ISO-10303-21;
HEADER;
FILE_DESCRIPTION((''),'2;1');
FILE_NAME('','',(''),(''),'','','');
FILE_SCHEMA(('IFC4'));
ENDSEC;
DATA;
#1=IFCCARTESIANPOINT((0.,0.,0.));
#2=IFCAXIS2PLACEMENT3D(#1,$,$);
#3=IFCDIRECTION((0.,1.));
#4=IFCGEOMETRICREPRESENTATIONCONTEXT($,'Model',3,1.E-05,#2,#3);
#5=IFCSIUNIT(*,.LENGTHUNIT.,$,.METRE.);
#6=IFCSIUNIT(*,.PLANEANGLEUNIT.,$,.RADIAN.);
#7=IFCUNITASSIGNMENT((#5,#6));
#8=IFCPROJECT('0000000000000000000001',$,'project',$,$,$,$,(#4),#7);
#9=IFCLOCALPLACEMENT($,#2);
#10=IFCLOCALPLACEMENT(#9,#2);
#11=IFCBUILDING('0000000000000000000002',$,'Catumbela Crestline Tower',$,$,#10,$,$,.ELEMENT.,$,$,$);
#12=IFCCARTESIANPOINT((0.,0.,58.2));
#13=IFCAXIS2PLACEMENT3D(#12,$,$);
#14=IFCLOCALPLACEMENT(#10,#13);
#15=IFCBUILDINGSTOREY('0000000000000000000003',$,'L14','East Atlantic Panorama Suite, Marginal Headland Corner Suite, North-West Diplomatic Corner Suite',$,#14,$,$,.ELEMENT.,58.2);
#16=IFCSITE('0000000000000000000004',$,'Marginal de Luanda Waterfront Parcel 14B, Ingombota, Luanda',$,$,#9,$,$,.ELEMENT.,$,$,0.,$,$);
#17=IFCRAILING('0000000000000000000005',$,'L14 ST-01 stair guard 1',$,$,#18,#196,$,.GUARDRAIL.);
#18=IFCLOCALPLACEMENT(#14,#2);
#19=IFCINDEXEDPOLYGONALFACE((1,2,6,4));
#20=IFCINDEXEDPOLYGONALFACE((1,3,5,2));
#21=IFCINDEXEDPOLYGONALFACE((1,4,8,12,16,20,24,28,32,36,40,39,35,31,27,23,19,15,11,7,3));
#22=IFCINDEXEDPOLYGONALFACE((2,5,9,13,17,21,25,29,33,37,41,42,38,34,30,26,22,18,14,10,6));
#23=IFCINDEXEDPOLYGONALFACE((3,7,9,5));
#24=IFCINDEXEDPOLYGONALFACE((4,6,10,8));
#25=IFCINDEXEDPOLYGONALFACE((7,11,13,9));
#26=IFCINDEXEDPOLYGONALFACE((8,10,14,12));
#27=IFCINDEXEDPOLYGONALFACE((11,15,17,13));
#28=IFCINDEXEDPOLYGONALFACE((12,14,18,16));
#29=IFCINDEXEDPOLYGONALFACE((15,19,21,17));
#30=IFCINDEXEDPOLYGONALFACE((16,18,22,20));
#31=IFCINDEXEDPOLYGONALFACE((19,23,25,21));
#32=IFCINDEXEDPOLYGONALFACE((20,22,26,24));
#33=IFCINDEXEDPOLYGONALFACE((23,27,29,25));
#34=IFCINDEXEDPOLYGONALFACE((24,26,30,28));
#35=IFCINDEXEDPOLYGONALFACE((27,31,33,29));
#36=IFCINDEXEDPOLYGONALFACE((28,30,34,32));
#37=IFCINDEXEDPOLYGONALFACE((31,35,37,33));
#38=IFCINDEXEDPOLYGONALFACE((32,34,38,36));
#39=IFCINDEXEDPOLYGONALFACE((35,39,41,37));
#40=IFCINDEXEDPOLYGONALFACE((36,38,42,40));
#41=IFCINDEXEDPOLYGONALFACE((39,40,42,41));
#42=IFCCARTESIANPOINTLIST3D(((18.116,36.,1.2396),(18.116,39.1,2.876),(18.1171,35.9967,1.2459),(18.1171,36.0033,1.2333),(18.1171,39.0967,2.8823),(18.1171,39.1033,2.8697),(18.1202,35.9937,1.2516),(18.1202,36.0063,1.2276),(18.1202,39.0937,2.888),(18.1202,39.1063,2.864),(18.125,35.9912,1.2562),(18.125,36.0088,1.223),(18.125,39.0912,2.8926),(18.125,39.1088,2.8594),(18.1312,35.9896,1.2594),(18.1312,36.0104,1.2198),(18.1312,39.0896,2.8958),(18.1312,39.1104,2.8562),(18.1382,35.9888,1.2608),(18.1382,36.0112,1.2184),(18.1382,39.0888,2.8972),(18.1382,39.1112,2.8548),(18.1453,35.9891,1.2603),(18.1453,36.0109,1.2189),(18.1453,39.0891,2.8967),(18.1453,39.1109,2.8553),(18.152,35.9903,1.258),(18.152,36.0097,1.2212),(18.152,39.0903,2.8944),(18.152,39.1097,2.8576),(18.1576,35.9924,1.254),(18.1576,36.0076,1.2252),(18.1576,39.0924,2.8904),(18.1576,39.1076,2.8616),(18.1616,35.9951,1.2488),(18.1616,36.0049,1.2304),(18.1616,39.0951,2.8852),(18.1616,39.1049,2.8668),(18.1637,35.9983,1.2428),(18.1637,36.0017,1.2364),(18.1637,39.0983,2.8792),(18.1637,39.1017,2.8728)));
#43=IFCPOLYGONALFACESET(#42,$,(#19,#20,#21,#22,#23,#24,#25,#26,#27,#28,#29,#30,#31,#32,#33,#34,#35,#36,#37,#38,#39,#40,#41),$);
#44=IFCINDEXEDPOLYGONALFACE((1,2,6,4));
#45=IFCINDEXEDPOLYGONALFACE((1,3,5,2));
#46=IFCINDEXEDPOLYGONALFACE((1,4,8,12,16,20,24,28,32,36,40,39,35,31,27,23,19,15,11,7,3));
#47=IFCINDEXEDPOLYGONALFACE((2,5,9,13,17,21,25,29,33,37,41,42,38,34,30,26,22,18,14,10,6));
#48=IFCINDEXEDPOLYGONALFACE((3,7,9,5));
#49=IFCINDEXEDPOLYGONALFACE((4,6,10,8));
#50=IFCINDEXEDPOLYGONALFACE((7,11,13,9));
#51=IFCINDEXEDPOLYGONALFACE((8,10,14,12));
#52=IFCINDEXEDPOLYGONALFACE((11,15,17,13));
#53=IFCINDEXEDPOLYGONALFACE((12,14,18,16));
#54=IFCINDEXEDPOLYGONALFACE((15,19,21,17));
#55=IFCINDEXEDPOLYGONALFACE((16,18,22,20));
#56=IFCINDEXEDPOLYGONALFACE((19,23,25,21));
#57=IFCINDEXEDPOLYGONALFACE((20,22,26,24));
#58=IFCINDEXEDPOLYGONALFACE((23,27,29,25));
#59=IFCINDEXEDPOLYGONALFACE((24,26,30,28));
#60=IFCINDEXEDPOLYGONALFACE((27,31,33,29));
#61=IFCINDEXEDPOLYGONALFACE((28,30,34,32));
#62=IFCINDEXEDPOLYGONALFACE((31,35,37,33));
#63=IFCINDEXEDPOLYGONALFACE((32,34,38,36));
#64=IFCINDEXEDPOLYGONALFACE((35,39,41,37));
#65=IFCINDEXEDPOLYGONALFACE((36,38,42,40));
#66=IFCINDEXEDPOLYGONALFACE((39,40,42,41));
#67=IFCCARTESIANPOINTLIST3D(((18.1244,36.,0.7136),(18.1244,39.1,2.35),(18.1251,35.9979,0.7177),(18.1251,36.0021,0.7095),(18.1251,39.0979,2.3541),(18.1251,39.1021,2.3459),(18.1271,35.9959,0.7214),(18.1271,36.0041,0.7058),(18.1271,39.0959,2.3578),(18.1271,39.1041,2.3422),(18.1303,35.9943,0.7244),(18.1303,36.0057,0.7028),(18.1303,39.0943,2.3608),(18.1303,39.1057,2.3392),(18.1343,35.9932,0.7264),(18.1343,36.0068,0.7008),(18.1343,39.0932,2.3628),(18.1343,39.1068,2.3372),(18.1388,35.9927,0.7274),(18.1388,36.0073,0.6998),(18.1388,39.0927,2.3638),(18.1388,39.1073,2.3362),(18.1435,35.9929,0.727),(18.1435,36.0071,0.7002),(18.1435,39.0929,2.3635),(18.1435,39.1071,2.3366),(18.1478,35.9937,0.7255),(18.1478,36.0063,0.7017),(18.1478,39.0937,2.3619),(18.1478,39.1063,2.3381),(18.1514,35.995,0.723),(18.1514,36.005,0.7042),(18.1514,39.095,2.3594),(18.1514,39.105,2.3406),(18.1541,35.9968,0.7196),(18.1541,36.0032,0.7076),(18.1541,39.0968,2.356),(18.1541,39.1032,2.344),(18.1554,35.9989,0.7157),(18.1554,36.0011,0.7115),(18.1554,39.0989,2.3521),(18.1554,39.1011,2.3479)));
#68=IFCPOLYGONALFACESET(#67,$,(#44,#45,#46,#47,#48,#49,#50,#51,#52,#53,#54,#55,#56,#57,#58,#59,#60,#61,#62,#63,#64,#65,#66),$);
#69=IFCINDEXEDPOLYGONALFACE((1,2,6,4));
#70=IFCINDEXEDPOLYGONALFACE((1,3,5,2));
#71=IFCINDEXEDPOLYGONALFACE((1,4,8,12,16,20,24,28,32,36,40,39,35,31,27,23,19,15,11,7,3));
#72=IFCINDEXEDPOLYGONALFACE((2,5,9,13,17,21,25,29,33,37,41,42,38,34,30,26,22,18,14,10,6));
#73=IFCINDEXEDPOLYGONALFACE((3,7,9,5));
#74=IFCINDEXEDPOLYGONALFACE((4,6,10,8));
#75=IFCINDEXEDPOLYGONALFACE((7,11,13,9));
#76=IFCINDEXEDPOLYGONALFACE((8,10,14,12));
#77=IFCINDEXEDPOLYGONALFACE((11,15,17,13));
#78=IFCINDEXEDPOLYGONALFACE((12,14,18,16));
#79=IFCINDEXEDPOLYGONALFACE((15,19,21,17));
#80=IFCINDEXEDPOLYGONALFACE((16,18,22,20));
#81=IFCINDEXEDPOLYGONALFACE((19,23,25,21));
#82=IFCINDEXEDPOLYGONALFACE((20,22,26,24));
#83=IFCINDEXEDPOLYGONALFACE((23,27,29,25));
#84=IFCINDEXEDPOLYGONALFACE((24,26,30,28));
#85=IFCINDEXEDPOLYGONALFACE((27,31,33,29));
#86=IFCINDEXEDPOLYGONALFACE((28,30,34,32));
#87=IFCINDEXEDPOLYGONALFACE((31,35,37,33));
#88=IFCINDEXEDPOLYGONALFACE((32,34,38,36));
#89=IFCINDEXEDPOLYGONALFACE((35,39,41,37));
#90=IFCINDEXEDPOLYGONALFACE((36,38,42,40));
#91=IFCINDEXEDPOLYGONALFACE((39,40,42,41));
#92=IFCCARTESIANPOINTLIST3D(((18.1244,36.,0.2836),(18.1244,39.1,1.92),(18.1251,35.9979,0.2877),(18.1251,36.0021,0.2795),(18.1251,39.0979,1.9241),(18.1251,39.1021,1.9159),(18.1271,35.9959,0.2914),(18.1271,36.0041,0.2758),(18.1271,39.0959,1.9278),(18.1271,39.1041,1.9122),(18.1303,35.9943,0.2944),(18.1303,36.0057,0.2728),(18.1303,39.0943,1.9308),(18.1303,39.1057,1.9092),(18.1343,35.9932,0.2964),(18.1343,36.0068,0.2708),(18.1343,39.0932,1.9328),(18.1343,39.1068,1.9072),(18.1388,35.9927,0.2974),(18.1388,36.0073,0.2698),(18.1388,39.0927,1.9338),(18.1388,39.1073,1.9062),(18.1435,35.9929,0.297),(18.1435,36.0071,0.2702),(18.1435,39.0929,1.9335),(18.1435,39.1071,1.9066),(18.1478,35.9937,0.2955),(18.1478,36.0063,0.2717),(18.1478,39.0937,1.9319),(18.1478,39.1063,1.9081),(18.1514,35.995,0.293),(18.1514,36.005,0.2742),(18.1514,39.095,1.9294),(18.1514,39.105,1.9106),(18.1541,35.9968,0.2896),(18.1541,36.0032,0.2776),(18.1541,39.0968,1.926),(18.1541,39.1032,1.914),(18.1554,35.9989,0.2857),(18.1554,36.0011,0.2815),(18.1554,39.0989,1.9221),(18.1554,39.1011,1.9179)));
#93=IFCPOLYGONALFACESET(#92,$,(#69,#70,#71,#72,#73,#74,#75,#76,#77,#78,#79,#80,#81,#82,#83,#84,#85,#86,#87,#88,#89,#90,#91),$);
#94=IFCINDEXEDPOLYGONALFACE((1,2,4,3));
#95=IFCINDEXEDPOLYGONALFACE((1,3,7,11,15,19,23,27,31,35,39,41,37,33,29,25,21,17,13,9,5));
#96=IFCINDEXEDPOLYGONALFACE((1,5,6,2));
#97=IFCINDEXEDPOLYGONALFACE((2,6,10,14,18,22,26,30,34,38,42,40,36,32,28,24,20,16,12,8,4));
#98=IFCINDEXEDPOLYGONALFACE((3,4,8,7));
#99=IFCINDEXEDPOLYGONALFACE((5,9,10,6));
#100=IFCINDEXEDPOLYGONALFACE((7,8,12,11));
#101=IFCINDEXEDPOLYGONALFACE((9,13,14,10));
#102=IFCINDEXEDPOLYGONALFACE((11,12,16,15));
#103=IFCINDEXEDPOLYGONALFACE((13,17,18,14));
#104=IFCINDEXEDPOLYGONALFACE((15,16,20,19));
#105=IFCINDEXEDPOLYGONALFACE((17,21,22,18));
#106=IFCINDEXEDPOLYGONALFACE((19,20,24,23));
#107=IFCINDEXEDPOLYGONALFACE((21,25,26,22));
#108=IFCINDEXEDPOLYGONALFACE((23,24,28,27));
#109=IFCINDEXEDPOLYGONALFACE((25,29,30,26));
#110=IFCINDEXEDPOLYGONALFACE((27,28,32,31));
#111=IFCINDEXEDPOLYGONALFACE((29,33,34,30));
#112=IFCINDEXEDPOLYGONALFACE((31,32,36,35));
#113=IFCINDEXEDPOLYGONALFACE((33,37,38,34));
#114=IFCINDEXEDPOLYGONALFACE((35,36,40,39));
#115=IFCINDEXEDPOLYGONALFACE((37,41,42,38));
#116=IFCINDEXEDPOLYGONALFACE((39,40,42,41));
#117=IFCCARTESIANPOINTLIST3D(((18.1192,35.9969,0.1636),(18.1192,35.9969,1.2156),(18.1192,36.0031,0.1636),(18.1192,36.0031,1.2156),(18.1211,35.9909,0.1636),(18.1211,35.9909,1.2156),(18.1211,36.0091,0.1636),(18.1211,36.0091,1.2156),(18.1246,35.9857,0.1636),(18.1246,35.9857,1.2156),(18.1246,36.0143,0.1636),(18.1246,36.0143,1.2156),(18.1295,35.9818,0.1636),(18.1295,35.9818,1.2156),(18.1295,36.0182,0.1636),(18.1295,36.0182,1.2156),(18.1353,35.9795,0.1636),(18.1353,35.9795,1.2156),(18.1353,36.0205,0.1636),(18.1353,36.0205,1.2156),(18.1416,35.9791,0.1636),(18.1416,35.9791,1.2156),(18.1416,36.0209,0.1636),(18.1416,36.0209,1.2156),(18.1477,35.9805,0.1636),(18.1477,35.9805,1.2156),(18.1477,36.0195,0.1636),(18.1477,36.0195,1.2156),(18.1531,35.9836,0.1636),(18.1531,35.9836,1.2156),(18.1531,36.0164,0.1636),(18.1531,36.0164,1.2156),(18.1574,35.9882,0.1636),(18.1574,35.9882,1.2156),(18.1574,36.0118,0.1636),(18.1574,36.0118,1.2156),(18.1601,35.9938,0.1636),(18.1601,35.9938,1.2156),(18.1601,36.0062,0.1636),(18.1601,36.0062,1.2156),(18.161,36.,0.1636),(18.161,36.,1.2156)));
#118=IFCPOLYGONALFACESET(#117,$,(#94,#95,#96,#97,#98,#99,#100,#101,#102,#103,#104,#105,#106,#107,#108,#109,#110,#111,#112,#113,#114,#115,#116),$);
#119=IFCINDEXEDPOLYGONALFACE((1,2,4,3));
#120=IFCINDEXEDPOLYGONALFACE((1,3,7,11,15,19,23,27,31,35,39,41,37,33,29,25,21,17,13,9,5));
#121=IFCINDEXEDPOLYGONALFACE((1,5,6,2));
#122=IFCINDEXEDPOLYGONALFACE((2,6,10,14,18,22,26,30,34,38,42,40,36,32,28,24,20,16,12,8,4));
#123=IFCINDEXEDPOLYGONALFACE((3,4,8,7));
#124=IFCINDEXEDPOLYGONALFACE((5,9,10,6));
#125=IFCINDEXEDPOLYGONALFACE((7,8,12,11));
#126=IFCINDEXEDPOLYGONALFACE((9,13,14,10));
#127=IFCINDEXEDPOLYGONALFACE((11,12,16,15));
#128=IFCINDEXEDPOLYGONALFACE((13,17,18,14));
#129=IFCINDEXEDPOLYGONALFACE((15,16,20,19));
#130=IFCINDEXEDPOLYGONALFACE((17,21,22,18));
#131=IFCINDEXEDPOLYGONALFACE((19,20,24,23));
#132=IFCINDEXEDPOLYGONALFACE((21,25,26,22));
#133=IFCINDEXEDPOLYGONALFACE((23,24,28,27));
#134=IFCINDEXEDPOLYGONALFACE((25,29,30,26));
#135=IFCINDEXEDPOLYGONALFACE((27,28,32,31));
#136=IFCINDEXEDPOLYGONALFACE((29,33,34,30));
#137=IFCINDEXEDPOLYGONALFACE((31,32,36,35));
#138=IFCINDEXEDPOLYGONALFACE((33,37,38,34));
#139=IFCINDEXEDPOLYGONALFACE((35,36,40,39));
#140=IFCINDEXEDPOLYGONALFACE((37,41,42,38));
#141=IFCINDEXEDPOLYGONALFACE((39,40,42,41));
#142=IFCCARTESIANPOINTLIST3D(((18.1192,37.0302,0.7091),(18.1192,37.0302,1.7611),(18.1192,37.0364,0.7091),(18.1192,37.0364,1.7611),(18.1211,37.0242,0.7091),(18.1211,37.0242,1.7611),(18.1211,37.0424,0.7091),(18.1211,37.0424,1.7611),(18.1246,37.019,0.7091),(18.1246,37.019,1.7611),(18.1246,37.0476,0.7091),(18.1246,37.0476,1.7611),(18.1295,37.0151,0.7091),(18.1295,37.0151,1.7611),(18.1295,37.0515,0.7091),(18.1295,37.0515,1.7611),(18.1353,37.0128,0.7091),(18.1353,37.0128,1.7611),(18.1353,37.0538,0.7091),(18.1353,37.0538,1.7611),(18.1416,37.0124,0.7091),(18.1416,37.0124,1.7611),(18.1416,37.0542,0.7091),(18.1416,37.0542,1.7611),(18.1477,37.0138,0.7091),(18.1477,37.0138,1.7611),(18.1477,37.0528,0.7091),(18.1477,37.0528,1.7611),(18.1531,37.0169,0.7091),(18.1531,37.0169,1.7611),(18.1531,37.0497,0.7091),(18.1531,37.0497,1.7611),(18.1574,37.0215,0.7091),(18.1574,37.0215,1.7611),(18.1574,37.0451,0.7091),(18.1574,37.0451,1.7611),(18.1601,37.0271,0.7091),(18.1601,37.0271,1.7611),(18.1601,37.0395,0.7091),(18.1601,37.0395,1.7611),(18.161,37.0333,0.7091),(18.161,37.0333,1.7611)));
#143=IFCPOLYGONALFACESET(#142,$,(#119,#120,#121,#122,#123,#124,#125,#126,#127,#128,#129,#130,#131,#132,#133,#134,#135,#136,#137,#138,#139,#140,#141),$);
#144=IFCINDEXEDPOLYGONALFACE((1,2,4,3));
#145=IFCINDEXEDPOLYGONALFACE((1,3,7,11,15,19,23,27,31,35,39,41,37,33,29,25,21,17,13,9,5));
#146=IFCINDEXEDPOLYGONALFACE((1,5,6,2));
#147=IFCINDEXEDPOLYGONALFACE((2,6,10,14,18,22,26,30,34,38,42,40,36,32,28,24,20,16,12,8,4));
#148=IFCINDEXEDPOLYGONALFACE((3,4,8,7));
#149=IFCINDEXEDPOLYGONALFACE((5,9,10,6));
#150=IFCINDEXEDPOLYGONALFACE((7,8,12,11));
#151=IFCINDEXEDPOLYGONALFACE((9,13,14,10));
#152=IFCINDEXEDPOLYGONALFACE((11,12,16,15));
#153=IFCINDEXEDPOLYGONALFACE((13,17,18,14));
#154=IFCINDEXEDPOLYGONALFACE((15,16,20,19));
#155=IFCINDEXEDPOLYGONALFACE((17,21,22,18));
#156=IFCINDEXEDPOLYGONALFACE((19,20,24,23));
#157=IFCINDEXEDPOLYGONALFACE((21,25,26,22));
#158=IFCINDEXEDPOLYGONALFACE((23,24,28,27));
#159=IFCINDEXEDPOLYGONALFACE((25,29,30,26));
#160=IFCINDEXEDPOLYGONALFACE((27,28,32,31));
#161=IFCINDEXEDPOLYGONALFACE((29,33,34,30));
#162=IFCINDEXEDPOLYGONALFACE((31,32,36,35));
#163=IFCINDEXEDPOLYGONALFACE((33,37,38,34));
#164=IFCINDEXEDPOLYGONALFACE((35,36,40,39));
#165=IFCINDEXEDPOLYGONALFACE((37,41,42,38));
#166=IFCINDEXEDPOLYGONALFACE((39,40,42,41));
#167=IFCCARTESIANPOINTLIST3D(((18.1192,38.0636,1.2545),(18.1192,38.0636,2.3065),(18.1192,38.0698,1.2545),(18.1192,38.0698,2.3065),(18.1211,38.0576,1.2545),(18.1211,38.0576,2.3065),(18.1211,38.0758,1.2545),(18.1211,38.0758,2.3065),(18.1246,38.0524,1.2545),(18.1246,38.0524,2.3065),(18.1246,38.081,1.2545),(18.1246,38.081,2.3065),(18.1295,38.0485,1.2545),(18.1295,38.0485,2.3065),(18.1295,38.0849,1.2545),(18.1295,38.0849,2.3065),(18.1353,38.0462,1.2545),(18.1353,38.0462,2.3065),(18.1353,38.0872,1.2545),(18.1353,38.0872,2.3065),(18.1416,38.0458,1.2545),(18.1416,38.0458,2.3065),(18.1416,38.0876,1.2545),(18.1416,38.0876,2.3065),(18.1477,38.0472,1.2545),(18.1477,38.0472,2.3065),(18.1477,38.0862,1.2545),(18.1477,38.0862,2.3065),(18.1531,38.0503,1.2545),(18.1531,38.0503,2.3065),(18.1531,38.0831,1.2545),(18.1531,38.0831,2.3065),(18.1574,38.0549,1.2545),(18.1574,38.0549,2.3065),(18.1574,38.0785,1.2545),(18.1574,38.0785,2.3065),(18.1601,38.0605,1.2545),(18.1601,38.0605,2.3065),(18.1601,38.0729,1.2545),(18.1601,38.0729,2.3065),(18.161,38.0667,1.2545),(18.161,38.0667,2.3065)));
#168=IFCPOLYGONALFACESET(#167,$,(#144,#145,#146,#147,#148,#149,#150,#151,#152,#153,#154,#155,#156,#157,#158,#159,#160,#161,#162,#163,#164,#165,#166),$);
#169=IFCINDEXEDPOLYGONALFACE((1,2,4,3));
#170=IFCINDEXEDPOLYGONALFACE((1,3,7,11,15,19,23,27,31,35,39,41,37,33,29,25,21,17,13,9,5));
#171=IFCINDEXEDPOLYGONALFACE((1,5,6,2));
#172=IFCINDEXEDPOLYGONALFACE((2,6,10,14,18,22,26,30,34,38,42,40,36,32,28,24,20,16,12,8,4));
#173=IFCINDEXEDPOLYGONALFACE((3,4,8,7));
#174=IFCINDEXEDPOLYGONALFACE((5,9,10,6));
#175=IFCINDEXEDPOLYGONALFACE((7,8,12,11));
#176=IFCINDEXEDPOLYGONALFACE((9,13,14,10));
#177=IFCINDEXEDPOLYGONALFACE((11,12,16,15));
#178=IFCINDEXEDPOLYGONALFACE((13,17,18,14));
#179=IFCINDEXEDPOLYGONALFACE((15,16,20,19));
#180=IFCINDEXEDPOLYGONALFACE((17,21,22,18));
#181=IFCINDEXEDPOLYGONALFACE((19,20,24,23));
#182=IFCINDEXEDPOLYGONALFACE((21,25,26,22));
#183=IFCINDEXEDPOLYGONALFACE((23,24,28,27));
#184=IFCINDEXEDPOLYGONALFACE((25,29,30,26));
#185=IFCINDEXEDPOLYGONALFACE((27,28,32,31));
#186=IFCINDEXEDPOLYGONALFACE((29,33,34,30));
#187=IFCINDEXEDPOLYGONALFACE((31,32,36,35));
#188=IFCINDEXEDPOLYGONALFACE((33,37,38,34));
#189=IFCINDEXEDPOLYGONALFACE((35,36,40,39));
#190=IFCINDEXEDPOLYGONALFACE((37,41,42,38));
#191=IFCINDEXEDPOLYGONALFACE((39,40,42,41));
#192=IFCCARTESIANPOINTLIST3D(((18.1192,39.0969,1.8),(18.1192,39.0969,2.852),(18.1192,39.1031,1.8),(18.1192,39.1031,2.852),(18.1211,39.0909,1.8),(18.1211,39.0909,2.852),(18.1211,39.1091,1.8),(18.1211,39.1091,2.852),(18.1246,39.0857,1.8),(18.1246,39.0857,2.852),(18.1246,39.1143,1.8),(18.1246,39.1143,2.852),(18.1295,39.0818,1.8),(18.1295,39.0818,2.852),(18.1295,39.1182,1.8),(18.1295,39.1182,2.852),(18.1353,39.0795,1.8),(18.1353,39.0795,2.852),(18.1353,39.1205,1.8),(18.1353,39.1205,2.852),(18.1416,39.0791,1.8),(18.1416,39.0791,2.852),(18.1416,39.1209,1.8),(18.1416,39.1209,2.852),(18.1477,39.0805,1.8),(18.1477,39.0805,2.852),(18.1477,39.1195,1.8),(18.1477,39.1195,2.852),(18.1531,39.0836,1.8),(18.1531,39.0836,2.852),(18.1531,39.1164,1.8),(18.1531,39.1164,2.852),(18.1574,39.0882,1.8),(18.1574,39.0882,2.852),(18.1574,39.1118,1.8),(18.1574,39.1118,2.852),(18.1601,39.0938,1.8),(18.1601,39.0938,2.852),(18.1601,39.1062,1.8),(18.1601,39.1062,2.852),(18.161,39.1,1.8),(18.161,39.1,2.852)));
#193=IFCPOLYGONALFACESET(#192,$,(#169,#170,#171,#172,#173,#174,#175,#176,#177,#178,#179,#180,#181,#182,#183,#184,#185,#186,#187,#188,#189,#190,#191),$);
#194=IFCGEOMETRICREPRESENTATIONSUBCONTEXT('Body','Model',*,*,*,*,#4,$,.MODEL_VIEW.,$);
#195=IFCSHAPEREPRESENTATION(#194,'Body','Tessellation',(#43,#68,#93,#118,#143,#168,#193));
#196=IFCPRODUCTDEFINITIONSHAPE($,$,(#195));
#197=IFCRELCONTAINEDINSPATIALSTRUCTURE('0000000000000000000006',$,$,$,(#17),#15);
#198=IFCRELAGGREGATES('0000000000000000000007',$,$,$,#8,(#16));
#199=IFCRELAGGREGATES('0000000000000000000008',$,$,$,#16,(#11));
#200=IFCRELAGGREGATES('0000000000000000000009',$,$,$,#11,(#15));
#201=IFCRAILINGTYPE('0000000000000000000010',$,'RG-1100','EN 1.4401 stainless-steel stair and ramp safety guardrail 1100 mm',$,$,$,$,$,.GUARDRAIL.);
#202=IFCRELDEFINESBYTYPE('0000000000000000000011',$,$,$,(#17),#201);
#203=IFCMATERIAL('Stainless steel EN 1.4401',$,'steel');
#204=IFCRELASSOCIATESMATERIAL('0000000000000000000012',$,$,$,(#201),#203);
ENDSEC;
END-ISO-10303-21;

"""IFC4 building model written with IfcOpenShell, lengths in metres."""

from ifc_helpers import new_model, si_unit, direction, frame, origin, origin_2d, place, context, subcontext, project, spatial, circle, extrude, material, type_object, element, save


model = new_model("IFC4")

# Units and contexts
model_context = context("Model", 3, precision=1e-05, world=origin(), true_north=direction((0.0, 1.0)))
body_context = subcontext(model_context, "Body", "Model", "MODEL_VIEW")
ifc_project = project(units=[si_unit("LENGTHUNIT", "METRE"), si_unit("PLANEANGLEUNIT", "RADIAN")], contexts=[model_context])

# Site, building, storey
site_placement = place(None, origin())
site = spatial("IfcSite", under=ifc_project, at=site_placement, Name="Marginal de Luanda Waterfront Parcel 14B, Ingombota, Luanda", CompositionType="ELEMENT", RefElevation=0.0)
building_placement = place(site_placement, origin())
building = spatial("IfcBuilding", under=site, at=building_placement, Name="Catumbela Crestline Tower", CompositionType="ELEMENT")
storey_placement = place(building_placement, frame((0.0, 0.0, 58.2)))
storey = spatial("IfcBuildingStorey", under=building, at=storey_placement, Name="L14", Description="East Atlantic Panorama Suite, Marginal Headland Corner Suite, North-West Diplomatic Corner Suite", CompositionType="ELEMENT", Elevation=58.2)

# Railing
ifc_material_1 = material(Name="Stainless steel EN 1.4401", Category="steel")
railing_type_1 = type_object("IfcRailingType", Name="RG-1100", Description="EN 1.4401 stainless-steel stair and ramp safety guardrail 1100 mm", PredefinedType="GUARDRAIL", material=ifc_material_1)
railing_1_placement = place(storey_placement, frame((18.14, 36.0, 0.1636)))
element("IfcRailing", 1, at=railing_1_placement, inside=storey, type_object=railing_type_1, Name="L14 ST-01 stair guard 1", PredefinedType="GUARDRAIL", context=body_context, shape_type="SweptSolid", body=[
    extrude(circle(Radius=0.024, at=origin_2d()), frame((0.0, 0.0, 1.076), z_axis=(0.0, 0.884351, 0.466823), x_axis=(-1.0, 0.0, 0.0)), (0.0, 0.0, 1.0), 3.5054),
    extrude(circle(Radius=0.0156, at=origin_2d()), frame((0.0, 0.0, 0.55), z_axis=(0.0, 0.884351, 0.466823), x_axis=(-1.0, 0.0, 0.0)), (0.0, 0.0, 1.0), 3.5054),
    extrude(circle(Radius=0.0156, at=origin_2d()), frame((0.0, 0.0, 0.12), z_axis=(0.0, 0.884351, 0.466823), x_axis=(-1.0, 0.0, 0.0)), (0.0, 0.0, 1.0), 3.5054),
    extrude(circle(Radius=0.021, at=origin_2d()), origin(), (0.0, 0.0, 1.0), 1.052),
    extrude(circle(Radius=0.021, at=origin_2d()), frame((0.0, 1.0333, 0.5455)), (0.0, 0.0, 1.0), 1.052),
    extrude(circle(Radius=0.021, at=origin_2d()), frame((0.0, 2.0667, 1.0909)), (0.0, 0.0, 1.0), 1.052),
    extrude(circle(Radius=0.021, at=origin_2d()), frame((0.0, 3.1, 1.6364)), (0.0, 0.0, 1.0), 1.052),
])

save(model, "model.ifc")
